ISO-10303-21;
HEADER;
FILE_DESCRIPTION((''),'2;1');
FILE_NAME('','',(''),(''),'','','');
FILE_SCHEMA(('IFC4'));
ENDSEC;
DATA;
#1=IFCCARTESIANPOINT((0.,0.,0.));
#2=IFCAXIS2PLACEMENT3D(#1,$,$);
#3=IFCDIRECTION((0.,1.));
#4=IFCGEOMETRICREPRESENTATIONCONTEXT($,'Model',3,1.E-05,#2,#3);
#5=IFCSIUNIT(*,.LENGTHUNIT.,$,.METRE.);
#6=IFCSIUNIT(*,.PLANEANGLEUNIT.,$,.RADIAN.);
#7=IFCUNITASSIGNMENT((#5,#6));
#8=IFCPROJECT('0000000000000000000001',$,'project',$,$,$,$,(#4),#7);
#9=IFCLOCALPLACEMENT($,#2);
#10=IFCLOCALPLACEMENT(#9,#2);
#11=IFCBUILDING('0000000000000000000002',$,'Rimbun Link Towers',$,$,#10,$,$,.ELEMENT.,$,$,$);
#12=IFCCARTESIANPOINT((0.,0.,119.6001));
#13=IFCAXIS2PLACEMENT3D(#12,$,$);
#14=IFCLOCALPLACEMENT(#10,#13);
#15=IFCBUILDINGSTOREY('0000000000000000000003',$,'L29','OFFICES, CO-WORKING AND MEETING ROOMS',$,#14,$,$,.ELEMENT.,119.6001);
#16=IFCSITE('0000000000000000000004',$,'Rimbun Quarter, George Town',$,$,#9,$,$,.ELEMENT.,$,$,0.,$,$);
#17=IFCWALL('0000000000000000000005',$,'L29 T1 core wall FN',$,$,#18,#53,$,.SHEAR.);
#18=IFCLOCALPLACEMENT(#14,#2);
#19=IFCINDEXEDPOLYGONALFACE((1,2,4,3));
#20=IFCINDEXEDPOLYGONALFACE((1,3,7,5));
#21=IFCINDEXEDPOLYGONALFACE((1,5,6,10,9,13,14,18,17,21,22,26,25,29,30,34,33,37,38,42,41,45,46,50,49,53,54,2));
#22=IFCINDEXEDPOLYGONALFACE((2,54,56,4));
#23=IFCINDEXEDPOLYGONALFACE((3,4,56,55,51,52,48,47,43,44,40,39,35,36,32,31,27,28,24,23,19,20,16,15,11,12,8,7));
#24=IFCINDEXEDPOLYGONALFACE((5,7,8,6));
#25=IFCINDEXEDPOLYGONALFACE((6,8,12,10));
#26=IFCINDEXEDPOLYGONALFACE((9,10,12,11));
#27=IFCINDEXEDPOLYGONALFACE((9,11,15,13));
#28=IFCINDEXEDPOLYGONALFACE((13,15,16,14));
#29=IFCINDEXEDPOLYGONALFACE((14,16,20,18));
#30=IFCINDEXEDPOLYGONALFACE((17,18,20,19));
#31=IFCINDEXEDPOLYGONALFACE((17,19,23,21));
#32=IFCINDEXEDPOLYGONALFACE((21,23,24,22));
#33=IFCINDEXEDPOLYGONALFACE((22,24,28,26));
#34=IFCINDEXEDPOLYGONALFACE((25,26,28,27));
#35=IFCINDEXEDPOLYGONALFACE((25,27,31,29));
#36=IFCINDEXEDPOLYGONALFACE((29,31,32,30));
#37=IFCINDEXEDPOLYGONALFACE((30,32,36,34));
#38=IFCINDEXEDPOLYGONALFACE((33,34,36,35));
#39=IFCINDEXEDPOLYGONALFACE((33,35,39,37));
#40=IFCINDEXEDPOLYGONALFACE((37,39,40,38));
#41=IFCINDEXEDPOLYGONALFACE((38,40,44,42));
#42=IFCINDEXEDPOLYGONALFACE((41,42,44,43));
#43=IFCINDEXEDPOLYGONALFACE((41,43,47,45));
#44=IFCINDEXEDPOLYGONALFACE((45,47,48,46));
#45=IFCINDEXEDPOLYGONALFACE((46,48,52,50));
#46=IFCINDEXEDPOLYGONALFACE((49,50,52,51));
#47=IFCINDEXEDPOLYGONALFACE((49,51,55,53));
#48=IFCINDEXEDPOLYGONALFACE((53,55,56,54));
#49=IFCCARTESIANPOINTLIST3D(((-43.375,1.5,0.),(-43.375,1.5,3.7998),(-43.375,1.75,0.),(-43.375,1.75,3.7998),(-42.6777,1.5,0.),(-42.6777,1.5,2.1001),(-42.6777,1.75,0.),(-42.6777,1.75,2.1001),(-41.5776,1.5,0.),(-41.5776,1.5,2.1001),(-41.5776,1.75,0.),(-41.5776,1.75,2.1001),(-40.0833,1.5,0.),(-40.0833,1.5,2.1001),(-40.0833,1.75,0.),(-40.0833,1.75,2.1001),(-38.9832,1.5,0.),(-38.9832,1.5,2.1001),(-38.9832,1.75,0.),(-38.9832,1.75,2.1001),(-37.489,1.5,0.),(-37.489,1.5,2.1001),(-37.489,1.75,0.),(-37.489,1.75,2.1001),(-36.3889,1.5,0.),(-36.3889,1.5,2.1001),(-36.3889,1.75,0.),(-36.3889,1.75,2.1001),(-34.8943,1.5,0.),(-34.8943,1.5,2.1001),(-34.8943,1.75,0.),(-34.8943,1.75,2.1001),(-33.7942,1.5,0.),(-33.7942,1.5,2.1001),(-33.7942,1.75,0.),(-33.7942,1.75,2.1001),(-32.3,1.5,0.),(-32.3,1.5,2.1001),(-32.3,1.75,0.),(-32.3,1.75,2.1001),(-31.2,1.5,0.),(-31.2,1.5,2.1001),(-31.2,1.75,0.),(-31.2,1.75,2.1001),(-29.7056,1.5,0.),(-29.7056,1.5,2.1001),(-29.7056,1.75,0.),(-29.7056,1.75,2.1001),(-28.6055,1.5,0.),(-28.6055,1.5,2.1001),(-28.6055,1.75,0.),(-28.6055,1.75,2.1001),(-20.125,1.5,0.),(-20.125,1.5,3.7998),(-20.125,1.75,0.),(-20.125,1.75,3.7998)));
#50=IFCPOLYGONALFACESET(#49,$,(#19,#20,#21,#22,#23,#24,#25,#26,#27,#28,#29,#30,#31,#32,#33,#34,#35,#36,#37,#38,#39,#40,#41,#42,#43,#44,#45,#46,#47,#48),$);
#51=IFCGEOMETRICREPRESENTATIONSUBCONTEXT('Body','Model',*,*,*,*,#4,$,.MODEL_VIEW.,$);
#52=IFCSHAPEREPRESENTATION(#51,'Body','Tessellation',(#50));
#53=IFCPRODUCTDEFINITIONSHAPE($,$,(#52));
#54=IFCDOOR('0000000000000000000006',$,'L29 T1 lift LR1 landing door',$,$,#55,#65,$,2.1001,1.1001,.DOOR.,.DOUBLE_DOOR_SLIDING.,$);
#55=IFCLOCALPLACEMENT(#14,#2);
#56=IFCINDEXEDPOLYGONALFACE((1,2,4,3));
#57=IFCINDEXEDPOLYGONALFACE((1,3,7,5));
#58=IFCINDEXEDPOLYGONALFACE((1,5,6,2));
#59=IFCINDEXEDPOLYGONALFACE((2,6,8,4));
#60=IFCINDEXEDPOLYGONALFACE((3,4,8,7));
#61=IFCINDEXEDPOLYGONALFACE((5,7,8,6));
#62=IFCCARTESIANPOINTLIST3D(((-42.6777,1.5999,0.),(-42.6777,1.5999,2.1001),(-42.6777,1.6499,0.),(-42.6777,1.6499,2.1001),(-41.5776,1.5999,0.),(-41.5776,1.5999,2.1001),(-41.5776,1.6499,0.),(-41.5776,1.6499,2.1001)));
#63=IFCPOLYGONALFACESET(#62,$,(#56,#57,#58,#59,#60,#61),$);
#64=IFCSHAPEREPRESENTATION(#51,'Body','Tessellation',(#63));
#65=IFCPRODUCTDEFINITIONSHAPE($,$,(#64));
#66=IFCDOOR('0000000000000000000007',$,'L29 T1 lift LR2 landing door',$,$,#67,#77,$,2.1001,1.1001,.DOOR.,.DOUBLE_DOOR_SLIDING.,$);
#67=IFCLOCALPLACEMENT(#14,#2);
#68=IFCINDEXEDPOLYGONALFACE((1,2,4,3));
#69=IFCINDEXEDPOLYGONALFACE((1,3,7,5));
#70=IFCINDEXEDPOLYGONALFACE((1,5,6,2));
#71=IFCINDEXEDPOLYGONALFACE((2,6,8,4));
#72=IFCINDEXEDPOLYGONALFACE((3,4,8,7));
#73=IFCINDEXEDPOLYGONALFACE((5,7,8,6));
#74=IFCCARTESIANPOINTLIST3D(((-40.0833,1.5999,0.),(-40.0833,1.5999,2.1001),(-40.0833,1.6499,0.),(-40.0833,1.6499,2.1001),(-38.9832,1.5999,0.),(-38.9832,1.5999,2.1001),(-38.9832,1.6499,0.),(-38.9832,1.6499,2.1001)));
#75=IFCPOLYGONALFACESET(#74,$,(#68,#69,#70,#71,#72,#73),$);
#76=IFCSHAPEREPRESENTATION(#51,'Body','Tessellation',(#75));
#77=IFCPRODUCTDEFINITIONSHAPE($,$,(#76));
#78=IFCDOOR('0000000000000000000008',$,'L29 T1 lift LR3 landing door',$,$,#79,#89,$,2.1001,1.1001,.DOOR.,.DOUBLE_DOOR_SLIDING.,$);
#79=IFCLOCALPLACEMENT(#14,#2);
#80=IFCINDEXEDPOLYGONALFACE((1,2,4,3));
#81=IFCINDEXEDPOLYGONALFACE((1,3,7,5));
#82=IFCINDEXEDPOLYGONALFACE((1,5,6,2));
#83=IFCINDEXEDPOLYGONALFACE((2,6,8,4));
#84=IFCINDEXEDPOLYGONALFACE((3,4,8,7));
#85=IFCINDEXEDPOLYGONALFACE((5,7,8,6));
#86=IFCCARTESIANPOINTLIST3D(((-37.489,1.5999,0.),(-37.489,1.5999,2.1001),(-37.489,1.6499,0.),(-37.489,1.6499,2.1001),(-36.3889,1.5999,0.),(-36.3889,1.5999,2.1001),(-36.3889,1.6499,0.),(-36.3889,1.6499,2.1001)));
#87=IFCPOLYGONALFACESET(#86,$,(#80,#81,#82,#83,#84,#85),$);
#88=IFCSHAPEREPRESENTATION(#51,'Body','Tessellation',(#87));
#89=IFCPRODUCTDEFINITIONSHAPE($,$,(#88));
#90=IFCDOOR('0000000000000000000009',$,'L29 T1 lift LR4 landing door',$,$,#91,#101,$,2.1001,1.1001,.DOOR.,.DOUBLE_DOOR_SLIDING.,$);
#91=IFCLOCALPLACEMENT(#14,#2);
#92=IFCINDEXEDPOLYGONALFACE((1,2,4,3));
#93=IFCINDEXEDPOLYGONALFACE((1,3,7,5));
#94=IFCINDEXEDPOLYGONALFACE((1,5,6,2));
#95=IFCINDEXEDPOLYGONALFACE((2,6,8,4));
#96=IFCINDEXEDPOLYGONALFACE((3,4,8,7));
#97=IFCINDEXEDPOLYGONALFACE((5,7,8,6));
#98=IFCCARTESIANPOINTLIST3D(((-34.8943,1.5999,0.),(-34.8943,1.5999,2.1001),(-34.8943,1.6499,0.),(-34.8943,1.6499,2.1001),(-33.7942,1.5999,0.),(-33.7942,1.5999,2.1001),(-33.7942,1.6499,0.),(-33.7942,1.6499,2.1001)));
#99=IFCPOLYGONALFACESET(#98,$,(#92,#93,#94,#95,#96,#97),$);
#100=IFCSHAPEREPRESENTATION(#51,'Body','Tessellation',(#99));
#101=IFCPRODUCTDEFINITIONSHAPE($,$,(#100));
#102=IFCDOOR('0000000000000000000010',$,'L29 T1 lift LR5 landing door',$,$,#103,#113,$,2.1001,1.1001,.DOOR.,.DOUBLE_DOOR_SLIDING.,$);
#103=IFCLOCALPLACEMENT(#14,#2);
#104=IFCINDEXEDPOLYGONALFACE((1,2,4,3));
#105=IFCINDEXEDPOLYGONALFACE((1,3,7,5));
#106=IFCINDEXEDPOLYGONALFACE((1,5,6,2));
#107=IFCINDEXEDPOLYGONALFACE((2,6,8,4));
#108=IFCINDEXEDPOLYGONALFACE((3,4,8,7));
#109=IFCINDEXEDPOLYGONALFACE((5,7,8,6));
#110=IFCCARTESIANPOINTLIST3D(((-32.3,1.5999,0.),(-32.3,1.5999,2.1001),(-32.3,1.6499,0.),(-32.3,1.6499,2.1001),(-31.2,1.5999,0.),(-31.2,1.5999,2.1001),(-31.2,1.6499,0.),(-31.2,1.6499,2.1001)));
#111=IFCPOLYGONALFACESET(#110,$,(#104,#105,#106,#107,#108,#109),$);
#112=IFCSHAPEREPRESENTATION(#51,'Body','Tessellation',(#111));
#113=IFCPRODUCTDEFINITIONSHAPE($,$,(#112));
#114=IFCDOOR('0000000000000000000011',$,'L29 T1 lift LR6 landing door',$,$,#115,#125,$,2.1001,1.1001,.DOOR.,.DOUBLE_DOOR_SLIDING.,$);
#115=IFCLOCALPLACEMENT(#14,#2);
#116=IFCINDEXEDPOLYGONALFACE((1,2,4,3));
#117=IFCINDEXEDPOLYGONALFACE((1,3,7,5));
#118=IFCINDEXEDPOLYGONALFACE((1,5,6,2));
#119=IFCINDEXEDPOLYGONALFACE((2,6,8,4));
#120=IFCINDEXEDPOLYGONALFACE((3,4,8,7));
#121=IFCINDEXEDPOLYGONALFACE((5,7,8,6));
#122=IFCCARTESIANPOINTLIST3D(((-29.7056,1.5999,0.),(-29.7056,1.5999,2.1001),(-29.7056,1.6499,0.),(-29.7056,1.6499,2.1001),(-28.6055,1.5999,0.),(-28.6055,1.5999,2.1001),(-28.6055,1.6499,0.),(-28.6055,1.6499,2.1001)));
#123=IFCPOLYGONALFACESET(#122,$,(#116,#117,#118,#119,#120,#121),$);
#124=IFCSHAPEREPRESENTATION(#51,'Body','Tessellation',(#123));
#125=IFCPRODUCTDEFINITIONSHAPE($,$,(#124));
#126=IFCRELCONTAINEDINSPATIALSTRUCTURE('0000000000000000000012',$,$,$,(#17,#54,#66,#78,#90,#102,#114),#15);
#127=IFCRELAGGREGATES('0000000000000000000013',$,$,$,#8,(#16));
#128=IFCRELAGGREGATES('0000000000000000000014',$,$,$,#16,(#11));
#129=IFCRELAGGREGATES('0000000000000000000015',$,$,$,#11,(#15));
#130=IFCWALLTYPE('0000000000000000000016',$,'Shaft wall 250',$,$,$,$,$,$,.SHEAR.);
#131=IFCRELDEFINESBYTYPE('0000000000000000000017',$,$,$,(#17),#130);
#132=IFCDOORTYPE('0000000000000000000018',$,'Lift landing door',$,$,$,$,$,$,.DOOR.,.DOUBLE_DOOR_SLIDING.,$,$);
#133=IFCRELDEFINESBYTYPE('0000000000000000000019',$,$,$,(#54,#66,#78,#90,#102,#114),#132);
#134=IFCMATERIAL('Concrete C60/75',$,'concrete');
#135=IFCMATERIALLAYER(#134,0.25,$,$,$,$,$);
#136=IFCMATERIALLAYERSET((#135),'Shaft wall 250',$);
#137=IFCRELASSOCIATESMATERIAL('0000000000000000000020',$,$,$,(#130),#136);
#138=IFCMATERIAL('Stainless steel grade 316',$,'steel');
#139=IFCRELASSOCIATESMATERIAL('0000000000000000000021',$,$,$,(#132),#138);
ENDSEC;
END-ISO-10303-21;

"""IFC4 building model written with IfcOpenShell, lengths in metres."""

from ifc_helpers import new_model, si_unit, direction, frame, frame_2d, origin, place, context, subcontext, project, spatial, rectangle, extrude, material, layer, layer_set, type_object, element, fill, save


model = new_model("IFC4")

# Units and contexts
model_context = context("Model", 3, precision=1e-05, world=origin(), true_north=direction((0.0, 1.0)))
body_context = subcontext(model_context, "Body", "Model", "MODEL_VIEW")
ifc_project = project(units=[si_unit("LENGTHUNIT", "METRE"), si_unit("PLANEANGLEUNIT", "RADIAN")], contexts=[model_context])

# Site, building, storey
site_placement = place(None, origin())
site = spatial("IfcSite", under=ifc_project, at=site_placement, Name="Rimbun Quarter, George Town", CompositionType="ELEMENT", RefElevation=0.0)
building_placement = place(site_placement, origin())
building = spatial("IfcBuilding", under=site, at=building_placement, Name="Rimbun Link Towers", CompositionType="ELEMENT")
storey_placement = place(building_placement, frame((0.0, 0.0, 119.6001)))
storey = spatial("IfcBuildingStorey", under=building, at=storey_placement, Name="L29", Description="OFFICES, CO-WORKING AND MEETING ROOMS", CompositionType="ELEMENT", Elevation=119.6001)

# Shared definitions
ifc_material_1 = material(Name="Concrete C60/75", Category="concrete")
ifc_layer_1 = layer(ifc_material_1, 0.25)
ifc_layer_set_1 = layer_set([ifc_layer_1], Name="Shaft wall 250")
wall_type_1 = type_object("IfcWallType", Name="Shaft wall 250", PredefinedType="SHEAR", material=ifc_layer_set_1)

# Wall, openings, doors
wall_1_placement = place(storey_placement, frame((-43.375, 1.625, 0.0), z_axis=(0.0, 0.0, 1.0), x_axis=(1.0, 0.0, 0.0)))
wall_1 = element("IfcWall", 1, at=wall_1_placement, inside=storey, type_object=wall_type_1, Name="L29 T1 core wall FN", PredefinedType="SHEAR", context=body_context, shape_type="SweptSolid", body=[
    extrude(rectangle(XDim=23.25, YDim=0.25, at=frame_2d((11.625, 0.0))), origin(), (0.0, 0.0, 1.0), 3.7998),
])
opening_1_placement = place(wall_1_placement, frame((0.6973, 0.0, 0.0)))
opening_1 = element("IfcOpeningElement", 2, at=opening_1_placement, cuts=wall_1, PredefinedType="OPENING", context=body_context, shape_type="SweptSolid", body=[
    extrude(rectangle(XDim=1.1001, YDim=2.1001, at=frame_2d((0.55, 1.05))), frame((0.0, 0.135, 0.0), z_axis=(0.0, -1.0, 0.0), x_axis=(1.0, 0.0, 0.0)), (0.0, 0.0, 1.0), 0.27),
])
opening_2_placement = place(wall_1_placement, frame((3.2917, 0.0, 0.0)))
opening_2 = element("IfcOpeningElement", 3, at=opening_2_placement, cuts=wall_1, PredefinedType="OPENING", context=body_context, shape_type="SweptSolid", body=[
    extrude(rectangle(XDim=1.1001, YDim=2.1001, at=frame_2d((0.55, 1.05))), frame((0.0, 0.135, 0.0), z_axis=(0.0, -1.0, 0.0), x_axis=(1.0, 0.0, 0.0)), (0.0, 0.0, 1.0), 0.27),
])
opening_3_placement = place(wall_1_placement, frame((5.886, 0.0, 0.0)))
opening_3 = element("IfcOpeningElement", 4, at=opening_3_placement, cuts=wall_1, PredefinedType="OPENING", context=body_context, shape_type="SweptSolid", body=[
    extrude(rectangle(XDim=1.1001, YDim=2.1001, at=frame_2d((0.55, 1.05))), frame((0.0, 0.135, 0.0), z_axis=(0.0, -1.0, 0.0), x_axis=(1.0, 0.0, 0.0)), (0.0, 0.0, 1.0), 0.27),
])
opening_4_placement = place(wall_1_placement, frame((8.4807, 0.0, 0.0)))
opening_4 = element("IfcOpeningElement", 5, at=opening_4_placement, cuts=wall_1, PredefinedType="OPENING", context=body_context, shape_type="SweptSolid", body=[
    extrude(rectangle(XDim=1.1001, YDim=2.1001, at=frame_2d((0.55, 1.05))), frame((0.0, 0.135, 0.0), z_axis=(0.0, -1.0, 0.0), x_axis=(1.0, 0.0, 0.0)), (0.0, 0.0, 1.0), 0.27),
])
opening_5_placement = place(wall_1_placement, frame((11.075, 0.0, 0.0)))
opening_5 = element("IfcOpeningElement", 6, at=opening_5_placement, cuts=wall_1, PredefinedType="OPENING", context=body_context, shape_type="SweptSolid", body=[
    extrude(rectangle(XDim=1.1001, YDim=2.1001, at=frame_2d((0.55, 1.05))), frame((0.0, 0.135, 0.0), z_axis=(0.0, -1.0, 0.0), x_axis=(1.0, 0.0, 0.0)), (0.0, 0.0, 1.0), 0.27),
])
opening_6_placement = place(wall_1_placement, frame((13.6694, 0.0, 0.0)))
opening_6 = element("IfcOpeningElement", 7, at=opening_6_placement, cuts=wall_1, PredefinedType="OPENING", context=body_context, shape_type="SweptSolid", body=[
    extrude(rectangle(XDim=1.1001, YDim=2.1001, at=frame_2d((0.55, 1.05))), frame((0.0, 0.135, 0.0), z_axis=(0.0, -1.0, 0.0), x_axis=(1.0, 0.0, 0.0)), (0.0, 0.0, 1.0), 0.27),
])
ifc_material_2 = material(Name="Stainless steel grade 316", Category="steel")
door_type_1 = type_object("IfcDoorType", Name="Lift landing door", OperationType="DOUBLE_DOOR_SLIDING", PredefinedType="DOOR", material=ifc_material_2)
door_1_placement = place(opening_1_placement, origin())
door_1 = element("IfcDoor", 8, at=door_1_placement, inside=storey, type_object=door_type_1, Name="L29 T1 lift LR1 landing door", OperationType="DOUBLE_DOOR_SLIDING", OverallHeight=2.1001, OverallWidth=1.1001, PredefinedType="DOOR", context=body_context, shape_type="SweptSolid", body=[
    extrude(rectangle(XDim=1.1001, YDim=2.1001, at=frame_2d((0.55, 1.05))), frame((0.0, 0.0249, 0.0), z_axis=(0.0, -1.0, 0.0), x_axis=(1.0, 0.0, 0.0)), (0.0, 0.0, 1.0), 0.05),
])
fill(opening_1, door_1)
door_2_placement = place(opening_2_placement, origin())
door_2 = element("IfcDoor", 9, at=door_2_placement, inside=storey, type_object=door_type_1, Name="L29 T1 lift LR2 landing door", OperationType="DOUBLE_DOOR_SLIDING", OverallHeight=2.1001, OverallWidth=1.1001, PredefinedType="DOOR", context=body_context, shape_type="SweptSolid", body=[
    extrude(rectangle(XDim=1.1001, YDim=2.1001, at=frame_2d((0.55, 1.05))), frame((0.0, 0.0249, 0.0), z_axis=(0.0, -1.0, 0.0), x_axis=(1.0, 0.0, 0.0)), (0.0, 0.0, 1.0), 0.05),
])
fill(opening_2, door_2)
door_3_placement = place(opening_3_placement, origin())
door_3 = element("IfcDoor", 10, at=door_3_placement, inside=storey, type_object=door_type_1, Name="L29 T1 lift LR3 landing door", OperationType="DOUBLE_DOOR_SLIDING", OverallHeight=2.1001, OverallWidth=1.1001, PredefinedType="DOOR", context=body_context, shape_type="SweptSolid", body=[
    extrude(rectangle(XDim=1.1001, YDim=2.1001, at=frame_2d((0.55, 1.05))), frame((0.0, 0.0249, 0.0), z_axis=(0.0, -1.0, 0.0), x_axis=(1.0, 0.0, 0.0)), (0.0, 0.0, 1.0), 0.05),
])
fill(opening_3, door_3)
door_4_placement = place(opening_4_placement, origin())
door_4 = element("IfcDoor", 11, at=door_4_placement, inside=storey, type_object=door_type_1, Name="L29 T1 lift LR4 landing door", OperationType="DOUBLE_DOOR_SLIDING", OverallHeight=2.1001, OverallWidth=1.1001, PredefinedType="DOOR", context=body_context, shape_type="SweptSolid", body=[
    extrude(rectangle(XDim=1.1001, YDim=2.1001, at=frame_2d((0.55, 1.05))), frame((0.0, 0.0249, 0.0), z_axis=(0.0, -1.0, 0.0), x_axis=(1.0, 0.0, 0.0)), (0.0, 0.0, 1.0), 0.05),
])
fill(opening_4, door_4)
door_5_placement = place(opening_5_placement, origin())
door_5 = element("IfcDoor", 12, at=door_5_placement, inside=storey, type_object=door_type_1, Name="L29 T1 lift LR5 landing door", OperationType="DOUBLE_DOOR_SLIDING", OverallHeight=2.1001, OverallWidth=1.1001, PredefinedType="DOOR", context=body_context, shape_type="SweptSolid", body=[
    extrude(rectangle(XDim=1.1001, YDim=2.1001, at=frame_2d((0.55, 1.05))), frame((0.0, 0.0249, 0.0), z_axis=(0.0, -1.0, 0.0), x_axis=(1.0, 0.0, 0.0)), (0.0, 0.0, 1.0), 0.05),
])
fill(opening_5, door_5)
door_6_placement = place(opening_6_placement, origin())
door_6 = element("IfcDoor", 13, at=door_6_placement, inside=storey, type_object=door_type_1, Name="L29 T1 lift LR6 landing door", OperationType="DOUBLE_DOOR_SLIDING", OverallHeight=2.1001, OverallWidth=1.1001, PredefinedType="DOOR", context=body_context, shape_type="SweptSolid", body=[
    extrude(rectangle(XDim=1.1001, YDim=2.1001, at=frame_2d((0.55, 1.05))), frame((0.0, 0.0249, 0.0), z_axis=(0.0, -1.0, 0.0), x_axis=(1.0, 0.0, 0.0)), (0.0, 0.0, 1.0), 0.05),
])
fill(opening_6, door_6)

save(model, "model.ifc")
